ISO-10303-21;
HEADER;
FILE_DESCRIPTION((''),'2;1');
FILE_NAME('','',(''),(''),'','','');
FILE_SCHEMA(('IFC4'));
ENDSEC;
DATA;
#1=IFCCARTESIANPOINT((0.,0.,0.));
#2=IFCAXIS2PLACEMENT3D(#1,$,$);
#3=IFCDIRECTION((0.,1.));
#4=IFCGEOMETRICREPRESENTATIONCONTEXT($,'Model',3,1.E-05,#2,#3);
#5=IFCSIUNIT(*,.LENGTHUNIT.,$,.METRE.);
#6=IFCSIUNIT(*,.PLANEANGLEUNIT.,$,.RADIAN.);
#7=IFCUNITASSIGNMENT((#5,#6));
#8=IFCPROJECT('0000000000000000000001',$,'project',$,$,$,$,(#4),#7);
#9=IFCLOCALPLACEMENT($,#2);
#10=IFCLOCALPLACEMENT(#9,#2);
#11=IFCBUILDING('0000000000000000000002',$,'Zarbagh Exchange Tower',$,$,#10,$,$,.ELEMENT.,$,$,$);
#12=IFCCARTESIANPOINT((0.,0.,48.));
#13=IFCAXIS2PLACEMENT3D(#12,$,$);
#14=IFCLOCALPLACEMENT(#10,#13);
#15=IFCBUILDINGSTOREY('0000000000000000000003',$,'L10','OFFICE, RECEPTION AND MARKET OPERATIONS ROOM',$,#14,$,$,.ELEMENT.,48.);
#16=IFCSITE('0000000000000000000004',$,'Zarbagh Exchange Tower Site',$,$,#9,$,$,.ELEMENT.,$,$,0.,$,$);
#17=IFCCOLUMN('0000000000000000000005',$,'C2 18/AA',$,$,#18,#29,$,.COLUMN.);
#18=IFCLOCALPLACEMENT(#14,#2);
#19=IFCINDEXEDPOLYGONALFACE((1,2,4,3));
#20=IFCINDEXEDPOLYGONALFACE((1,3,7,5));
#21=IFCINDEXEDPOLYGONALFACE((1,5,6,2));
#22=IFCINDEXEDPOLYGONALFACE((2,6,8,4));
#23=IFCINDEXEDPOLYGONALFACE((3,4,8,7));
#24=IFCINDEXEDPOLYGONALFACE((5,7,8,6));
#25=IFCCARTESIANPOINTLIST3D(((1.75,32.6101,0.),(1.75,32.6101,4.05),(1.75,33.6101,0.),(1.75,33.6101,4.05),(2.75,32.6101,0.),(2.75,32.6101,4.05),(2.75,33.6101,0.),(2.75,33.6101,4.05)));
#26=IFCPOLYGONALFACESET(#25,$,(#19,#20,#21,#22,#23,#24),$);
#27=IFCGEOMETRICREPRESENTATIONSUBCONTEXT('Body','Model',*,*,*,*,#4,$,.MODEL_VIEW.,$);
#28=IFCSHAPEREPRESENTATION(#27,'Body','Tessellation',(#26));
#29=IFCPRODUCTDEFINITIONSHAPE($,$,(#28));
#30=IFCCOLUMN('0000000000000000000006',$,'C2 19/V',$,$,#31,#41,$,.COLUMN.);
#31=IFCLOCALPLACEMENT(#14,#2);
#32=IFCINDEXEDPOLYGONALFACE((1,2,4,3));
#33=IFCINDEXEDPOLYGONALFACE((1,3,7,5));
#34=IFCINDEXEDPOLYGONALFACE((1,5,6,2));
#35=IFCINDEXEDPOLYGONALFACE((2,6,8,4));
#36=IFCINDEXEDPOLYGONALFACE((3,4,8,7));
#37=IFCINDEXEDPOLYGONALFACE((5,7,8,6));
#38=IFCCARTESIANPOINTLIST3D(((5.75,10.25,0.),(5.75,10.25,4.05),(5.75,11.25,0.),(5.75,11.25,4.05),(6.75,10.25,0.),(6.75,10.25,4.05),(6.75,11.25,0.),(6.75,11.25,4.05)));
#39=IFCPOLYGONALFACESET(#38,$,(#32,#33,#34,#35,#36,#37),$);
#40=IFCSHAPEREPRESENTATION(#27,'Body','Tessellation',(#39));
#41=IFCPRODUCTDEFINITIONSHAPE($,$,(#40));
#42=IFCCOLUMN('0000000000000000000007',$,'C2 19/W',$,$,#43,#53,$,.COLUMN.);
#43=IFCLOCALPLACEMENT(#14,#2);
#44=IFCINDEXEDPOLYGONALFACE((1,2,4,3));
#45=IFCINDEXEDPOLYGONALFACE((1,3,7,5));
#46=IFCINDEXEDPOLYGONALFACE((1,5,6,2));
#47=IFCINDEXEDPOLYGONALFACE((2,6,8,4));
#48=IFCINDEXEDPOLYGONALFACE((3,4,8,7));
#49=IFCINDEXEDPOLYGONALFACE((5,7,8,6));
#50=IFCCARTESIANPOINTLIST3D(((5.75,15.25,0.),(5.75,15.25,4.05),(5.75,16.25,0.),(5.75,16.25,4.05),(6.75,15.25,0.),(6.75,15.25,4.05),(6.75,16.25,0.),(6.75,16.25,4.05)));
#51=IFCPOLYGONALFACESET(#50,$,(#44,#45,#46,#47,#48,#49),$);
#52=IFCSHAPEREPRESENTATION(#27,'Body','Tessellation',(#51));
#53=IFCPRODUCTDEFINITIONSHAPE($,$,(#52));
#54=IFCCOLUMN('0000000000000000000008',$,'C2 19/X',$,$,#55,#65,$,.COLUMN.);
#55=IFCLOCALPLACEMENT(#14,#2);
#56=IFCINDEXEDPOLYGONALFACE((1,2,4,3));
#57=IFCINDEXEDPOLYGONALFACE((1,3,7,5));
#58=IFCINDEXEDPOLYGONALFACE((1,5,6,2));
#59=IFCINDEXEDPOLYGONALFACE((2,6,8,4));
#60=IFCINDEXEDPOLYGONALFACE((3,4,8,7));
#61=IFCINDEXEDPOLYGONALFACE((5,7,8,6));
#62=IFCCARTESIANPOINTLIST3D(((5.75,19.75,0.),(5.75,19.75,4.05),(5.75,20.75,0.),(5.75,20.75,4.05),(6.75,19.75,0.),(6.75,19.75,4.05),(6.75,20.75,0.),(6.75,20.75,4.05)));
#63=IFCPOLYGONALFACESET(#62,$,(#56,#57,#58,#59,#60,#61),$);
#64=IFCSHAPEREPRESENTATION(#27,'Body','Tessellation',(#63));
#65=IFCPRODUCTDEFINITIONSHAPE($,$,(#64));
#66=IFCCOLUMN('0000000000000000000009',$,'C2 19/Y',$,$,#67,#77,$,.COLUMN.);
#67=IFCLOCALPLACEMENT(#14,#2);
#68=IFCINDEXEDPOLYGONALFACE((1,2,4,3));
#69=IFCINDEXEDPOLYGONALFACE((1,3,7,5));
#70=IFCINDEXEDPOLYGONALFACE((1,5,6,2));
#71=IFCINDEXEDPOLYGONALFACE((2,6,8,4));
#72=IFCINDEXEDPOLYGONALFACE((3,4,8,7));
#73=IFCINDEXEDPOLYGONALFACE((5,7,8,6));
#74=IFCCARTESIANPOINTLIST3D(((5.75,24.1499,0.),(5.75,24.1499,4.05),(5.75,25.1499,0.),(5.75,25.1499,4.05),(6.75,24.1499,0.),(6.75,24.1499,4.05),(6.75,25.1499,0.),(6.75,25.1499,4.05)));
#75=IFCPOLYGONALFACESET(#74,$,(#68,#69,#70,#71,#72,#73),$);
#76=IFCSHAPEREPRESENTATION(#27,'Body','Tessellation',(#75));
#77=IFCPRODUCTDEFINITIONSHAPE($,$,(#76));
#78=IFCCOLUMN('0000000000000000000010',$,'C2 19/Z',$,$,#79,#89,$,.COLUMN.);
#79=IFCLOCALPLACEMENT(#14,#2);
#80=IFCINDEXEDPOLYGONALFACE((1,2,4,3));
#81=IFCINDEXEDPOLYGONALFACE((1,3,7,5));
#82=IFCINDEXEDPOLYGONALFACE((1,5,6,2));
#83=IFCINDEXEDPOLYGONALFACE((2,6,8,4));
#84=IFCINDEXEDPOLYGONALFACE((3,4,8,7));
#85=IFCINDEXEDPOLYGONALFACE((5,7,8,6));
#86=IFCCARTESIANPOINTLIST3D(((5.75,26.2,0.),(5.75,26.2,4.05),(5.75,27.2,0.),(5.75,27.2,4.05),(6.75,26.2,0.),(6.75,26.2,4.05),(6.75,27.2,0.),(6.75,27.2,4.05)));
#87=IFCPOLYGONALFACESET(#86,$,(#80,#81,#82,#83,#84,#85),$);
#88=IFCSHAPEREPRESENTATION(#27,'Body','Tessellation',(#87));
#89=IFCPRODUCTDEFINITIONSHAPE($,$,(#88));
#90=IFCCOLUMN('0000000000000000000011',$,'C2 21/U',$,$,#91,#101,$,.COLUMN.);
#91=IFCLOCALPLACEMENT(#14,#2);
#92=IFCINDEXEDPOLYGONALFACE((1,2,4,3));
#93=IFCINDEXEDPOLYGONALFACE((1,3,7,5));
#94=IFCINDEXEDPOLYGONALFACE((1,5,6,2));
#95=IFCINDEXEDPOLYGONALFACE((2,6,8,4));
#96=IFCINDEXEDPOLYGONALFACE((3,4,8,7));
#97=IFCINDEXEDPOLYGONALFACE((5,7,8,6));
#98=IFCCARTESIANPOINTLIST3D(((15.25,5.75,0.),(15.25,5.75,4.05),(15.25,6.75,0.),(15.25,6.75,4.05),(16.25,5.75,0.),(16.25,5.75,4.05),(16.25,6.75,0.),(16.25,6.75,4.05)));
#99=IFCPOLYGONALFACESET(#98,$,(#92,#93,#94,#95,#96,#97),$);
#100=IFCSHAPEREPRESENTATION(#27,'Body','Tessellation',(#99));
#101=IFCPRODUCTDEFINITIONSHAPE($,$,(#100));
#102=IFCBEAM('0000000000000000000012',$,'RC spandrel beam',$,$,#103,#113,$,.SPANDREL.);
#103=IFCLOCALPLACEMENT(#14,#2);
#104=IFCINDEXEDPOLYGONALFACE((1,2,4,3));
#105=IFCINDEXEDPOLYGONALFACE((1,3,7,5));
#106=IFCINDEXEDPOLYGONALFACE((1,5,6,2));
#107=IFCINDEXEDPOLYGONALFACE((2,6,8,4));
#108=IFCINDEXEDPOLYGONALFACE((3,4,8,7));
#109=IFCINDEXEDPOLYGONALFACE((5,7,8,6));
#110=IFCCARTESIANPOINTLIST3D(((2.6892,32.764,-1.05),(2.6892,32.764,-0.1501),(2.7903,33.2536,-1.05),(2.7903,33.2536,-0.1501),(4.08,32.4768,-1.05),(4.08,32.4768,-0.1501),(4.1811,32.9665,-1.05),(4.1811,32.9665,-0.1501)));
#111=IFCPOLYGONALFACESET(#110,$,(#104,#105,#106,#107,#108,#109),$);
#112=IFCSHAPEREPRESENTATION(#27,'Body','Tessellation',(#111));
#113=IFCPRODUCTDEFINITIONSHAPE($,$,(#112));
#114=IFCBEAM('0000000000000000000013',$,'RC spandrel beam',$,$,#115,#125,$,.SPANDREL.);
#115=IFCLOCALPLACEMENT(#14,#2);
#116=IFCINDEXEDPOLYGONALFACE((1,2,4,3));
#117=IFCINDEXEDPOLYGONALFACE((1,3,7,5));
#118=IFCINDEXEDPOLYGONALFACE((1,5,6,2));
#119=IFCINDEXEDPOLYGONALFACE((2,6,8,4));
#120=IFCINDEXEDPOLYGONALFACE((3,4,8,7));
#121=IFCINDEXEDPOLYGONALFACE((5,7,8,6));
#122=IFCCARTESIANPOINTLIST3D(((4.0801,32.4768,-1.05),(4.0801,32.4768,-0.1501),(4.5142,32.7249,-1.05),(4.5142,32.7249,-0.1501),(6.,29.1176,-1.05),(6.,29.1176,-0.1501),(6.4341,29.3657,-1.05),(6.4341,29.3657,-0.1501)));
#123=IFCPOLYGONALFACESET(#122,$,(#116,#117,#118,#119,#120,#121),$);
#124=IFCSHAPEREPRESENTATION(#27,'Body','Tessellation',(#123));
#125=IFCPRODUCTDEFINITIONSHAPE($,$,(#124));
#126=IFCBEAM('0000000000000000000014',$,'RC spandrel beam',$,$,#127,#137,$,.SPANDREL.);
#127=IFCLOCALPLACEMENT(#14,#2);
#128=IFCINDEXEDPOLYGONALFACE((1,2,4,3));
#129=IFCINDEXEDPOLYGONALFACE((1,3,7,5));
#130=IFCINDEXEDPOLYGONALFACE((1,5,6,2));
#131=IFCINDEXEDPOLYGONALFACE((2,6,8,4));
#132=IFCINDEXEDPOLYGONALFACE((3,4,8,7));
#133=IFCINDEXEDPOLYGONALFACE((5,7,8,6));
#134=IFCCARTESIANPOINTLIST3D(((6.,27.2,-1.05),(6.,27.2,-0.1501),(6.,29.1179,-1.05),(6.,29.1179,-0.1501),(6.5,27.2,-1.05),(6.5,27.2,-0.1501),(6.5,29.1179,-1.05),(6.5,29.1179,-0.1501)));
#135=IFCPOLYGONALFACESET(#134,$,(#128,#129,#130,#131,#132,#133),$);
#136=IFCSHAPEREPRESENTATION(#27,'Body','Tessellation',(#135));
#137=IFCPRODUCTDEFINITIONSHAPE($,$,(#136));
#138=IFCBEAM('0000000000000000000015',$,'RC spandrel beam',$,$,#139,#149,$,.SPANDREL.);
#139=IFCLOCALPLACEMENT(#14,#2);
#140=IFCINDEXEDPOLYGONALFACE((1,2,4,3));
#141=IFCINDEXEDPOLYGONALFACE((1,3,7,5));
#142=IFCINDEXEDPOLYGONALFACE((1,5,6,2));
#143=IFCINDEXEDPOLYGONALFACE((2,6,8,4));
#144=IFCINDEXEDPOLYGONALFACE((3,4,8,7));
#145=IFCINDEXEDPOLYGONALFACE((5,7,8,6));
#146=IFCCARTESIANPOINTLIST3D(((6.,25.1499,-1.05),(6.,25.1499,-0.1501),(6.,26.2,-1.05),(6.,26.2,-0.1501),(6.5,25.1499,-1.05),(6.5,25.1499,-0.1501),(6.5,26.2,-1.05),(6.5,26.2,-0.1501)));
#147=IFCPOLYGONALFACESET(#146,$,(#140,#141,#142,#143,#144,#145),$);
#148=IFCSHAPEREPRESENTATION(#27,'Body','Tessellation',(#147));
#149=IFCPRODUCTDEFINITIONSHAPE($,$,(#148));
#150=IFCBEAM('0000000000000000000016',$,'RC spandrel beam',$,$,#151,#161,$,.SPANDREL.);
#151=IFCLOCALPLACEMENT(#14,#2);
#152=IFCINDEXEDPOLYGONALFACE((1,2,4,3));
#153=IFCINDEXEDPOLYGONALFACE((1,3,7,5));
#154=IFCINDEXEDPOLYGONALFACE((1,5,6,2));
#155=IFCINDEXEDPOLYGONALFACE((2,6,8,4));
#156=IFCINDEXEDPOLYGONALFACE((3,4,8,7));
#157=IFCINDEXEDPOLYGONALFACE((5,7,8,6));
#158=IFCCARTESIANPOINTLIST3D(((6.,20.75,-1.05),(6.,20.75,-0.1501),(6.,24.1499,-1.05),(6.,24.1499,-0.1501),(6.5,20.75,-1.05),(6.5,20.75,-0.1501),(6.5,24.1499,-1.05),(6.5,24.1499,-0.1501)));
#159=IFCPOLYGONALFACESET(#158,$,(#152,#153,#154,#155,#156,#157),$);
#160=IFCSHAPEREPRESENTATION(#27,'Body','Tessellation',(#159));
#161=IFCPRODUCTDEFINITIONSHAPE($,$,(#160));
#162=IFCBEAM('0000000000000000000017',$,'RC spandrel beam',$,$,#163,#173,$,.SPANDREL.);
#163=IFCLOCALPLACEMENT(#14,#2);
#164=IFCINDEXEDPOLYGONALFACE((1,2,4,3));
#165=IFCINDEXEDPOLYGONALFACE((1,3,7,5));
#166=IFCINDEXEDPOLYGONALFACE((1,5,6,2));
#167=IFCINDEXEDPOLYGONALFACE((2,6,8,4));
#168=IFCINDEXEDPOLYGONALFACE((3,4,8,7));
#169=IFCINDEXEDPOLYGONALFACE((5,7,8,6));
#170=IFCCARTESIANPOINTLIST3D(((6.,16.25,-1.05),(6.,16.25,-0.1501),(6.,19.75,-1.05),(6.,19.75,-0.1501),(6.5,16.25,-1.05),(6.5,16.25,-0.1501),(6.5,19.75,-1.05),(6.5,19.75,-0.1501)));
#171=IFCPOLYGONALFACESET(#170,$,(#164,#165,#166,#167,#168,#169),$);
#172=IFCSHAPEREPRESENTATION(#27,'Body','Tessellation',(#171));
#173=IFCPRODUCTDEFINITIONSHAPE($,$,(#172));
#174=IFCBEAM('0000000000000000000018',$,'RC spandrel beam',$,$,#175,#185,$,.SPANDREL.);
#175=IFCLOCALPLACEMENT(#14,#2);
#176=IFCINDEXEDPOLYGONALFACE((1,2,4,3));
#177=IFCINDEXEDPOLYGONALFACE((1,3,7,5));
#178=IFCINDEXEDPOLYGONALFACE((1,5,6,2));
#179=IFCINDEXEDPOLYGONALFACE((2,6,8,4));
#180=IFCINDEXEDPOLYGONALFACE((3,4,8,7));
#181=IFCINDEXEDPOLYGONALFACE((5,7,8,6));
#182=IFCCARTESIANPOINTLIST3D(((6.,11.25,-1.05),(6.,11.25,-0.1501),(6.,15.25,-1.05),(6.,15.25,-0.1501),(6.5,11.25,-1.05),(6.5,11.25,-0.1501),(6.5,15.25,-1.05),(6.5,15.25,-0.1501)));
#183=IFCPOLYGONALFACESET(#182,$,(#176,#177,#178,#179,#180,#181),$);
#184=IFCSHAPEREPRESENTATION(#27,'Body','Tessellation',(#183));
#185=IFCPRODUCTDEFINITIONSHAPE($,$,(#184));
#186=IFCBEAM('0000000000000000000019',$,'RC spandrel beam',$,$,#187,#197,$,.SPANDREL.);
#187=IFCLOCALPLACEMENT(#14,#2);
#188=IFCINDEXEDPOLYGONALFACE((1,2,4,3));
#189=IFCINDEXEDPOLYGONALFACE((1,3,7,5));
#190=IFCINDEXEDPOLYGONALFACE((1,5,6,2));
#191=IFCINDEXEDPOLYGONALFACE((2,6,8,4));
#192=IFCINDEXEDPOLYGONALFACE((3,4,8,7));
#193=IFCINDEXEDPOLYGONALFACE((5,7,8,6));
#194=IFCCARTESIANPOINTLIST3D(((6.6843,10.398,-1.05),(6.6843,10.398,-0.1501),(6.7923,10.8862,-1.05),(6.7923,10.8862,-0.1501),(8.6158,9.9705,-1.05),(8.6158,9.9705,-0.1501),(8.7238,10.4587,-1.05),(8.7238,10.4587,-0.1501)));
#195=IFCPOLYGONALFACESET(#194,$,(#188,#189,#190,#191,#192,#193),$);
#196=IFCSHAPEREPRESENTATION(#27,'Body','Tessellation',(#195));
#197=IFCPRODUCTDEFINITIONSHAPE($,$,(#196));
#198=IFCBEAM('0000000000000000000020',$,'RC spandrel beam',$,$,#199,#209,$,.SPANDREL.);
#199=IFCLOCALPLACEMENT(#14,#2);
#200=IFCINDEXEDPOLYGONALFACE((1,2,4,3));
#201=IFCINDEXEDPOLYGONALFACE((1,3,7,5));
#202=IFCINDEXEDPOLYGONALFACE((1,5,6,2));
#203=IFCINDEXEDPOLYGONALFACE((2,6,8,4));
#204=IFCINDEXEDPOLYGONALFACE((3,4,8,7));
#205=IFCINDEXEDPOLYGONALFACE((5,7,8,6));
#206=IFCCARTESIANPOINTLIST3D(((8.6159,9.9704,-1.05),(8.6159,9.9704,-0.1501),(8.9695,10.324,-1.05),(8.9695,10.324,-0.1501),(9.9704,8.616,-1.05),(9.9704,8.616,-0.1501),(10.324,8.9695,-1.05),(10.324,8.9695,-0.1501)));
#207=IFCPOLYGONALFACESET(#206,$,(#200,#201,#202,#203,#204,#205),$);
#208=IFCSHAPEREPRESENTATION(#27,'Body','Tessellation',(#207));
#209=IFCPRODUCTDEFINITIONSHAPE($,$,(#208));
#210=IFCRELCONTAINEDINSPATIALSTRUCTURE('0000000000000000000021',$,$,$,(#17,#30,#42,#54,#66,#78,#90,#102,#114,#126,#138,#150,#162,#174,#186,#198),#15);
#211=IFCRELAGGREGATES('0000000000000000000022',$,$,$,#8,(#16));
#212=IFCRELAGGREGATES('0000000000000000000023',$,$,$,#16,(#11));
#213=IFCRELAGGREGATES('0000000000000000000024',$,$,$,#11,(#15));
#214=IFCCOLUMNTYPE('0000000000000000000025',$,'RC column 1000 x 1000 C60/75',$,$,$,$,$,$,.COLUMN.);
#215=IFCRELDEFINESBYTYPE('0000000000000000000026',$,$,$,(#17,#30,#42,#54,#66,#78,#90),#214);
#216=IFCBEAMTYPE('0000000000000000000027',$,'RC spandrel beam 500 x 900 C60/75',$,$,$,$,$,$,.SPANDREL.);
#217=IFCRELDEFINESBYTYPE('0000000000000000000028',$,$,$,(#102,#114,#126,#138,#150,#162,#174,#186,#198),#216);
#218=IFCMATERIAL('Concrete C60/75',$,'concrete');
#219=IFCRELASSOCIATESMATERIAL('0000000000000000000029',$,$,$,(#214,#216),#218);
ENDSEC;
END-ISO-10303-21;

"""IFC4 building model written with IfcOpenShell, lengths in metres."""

from ifc_helpers import new_model, si_unit, direction, frame, origin, origin_2d, place, context, subcontext, project, spatial, rectangle, extrude, material, material_profile, profile_set, type_object, element, save


model = new_model("IFC4")

# Units and contexts
model_context = context("Model", 3, precision=1e-05, world=origin(), true_north=direction((0.0, 1.0)))
body_context = subcontext(model_context, "Body", "Model", "MODEL_VIEW")
ifc_project = project(units=[si_unit("LENGTHUNIT", "METRE"), si_unit("PLANEANGLEUNIT", "RADIAN")], contexts=[model_context])

# Site, building, storey
site_placement = place(None, origin())
site = spatial("IfcSite", under=ifc_project, at=site_placement, Name="Zarbagh Exchange Tower Site", CompositionType="ELEMENT", RefElevation=0.0)
building_placement = place(site_placement, origin())
building = spatial("IfcBuilding", under=site, at=building_placement, Name="Zarbagh Exchange Tower", CompositionType="ELEMENT")
storey_placement = place(building_placement, frame((0.0, 0.0, 48.0)))
storey = spatial("IfcBuildingStorey", under=building, at=storey_placement, Name="L10", Description="OFFICE, RECEPTION AND MARKET OPERATIONS ROOM", CompositionType="ELEMENT", Elevation=48.0)

# Columns
ifc_material_1 = material(Name="Concrete C60/75", Category="concrete")
ifc_material_profile_1 = material_profile(ifc_material_1, rectangle(XDim=1.0, YDim=1.0, at=origin_2d()), Name="RC column 1000 x 1000 C60/75")
ifc_profile_set_1 = profile_set([ifc_material_profile_1], Name="Concrete C60/75")
column_type = type_object("IfcColumnType", Name="RC column 1000 x 1000 C60/75", PredefinedType="COLUMN", material=ifc_profile_set_1)
for number, where, z_axis, x_axis, name in (
    (1, (2.25, 33.1101, 0.0), (0.0, 0.0, 1.0), (1.0, 0.0, 0.0), "C2 18/AA"),
    (2, (6.25, 10.75, 0.0), (0.0, 0.0, 1.0), (1.0, 0.0, 0.0), "C2 19/V"),
    (3, (6.25, 15.75, 0.0), (0.0, 0.0, 1.0), (1.0, 0.0, 0.0), "C2 19/W"),
    (4, (6.25, 20.25, 0.0), (0.0, 0.0, 1.0), (1.0, 0.0, 0.0), "C2 19/X"),
    (5, (6.25, 24.6499, 0.0), (0.0, 0.0, 1.0), (1.0, 0.0, 0.0), "C2 19/Y"),
    (6, (6.25, 26.7, 0.0), (0.0, 0.0, 1.0), (1.0, 0.0, 0.0), "C2 19/Z"),
    (7, (15.75, 6.25, 0.0), (0.0, 0.0, 1.0), (1.0, 0.0, 0.0), "C2 21/U"),
):
    element("IfcColumn", number, at=place(storey_placement, frame(where, z_axis=z_axis, x_axis=x_axis)), inside=storey, type_object=column_type, Name=name, PredefinedType="COLUMN", context=body_context, shape_type="SweptSolid", body=[
        extrude(rectangle(XDim=1.0, YDim=1.0, at=origin_2d()), origin(), (0.0, 0.0, 1.0), 4.05),
    ])

# Beams
ifc_material_profile_2 = material_profile(ifc_material_1, rectangle(XDim=0.5, YDim=0.8999, at=origin_2d()), Name="RC spandrel beam 500 x 900 C60/75")
ifc_profile_set_2 = profile_set([ifc_material_profile_2], Name="Concrete C60/75")
beam_type = type_object("IfcBeamType", Name="RC spandrel beam 500 x 900 C60/75", PredefinedType="SPANDREL", material=ifc_profile_set_2)
beam_1_placement = place(storey_placement, frame((2.7397, 33.0088, -0.6001), z_axis=(0.979352, -0.202162, 0.0), x_axis=(0.202162, 0.979352, 0.0)))
element("IfcBeam", 8, at=beam_1_placement, inside=storey, type_object=beam_type, Name="RC spandrel beam", PredefinedType="SPANDREL", context=body_context, shape_type="SweptSolid", body=[
    extrude(rectangle(XDim=0.5, YDim=0.8999, at=origin_2d()), origin(), (0.0, 0.0, 1.0), 1.4202),
])
beam_2_placement = place(storey_placement, frame((4.2971, 32.6008, -0.6001), z_axis=(0.49622, -0.868197, 0.0), x_axis=(0.868197, 0.49622, 0.0)))
element("IfcBeam", 9, at=beam_2_placement, inside=storey, type_object=beam_type, Name="RC spandrel beam", PredefinedType="SPANDREL", context=body_context, shape_type="SweptSolid", body=[
    extrude(rectangle(XDim=0.5, YDim=0.8999, at=origin_2d()), origin(), (0.0, 0.0, 1.0), 3.8691),
])
beam_3_placement = place(storey_placement, frame((6.25, 29.1179, -0.6001), z_axis=(0.0, -1.0, 0.0), x_axis=(1.0, 0.0, 0.0)))
element("IfcBeam", 10, at=beam_3_placement, inside=storey, type_object=beam_type, Name="RC spandrel beam", PredefinedType="SPANDREL", context=body_context, shape_type="SweptSolid", body=[
    extrude(rectangle(XDim=0.5, YDim=0.8999, at=origin_2d()), origin(), (0.0, 0.0, 1.0), 1.918),
])
beam_4_placement = place(storey_placement, frame((6.25, 26.2, -0.6001), z_axis=(0.0, -1.0, 0.0), x_axis=(1.0, 0.0, 0.0)))
element("IfcBeam", 11, at=beam_4_placement, inside=storey, type_object=beam_type, Name="RC spandrel beam", PredefinedType="SPANDREL", context=body_context, shape_type="SweptSolid", body=[
    extrude(rectangle(XDim=0.5, YDim=0.8999, at=origin_2d()), origin(), (0.0, 0.0, 1.0), 1.05),
])
beam_5_placement = place(storey_placement, frame((6.25, 24.1499, -0.6001), z_axis=(0.0, -1.0, 0.0), x_axis=(1.0, 0.0, 0.0)))
element("IfcBeam", 12, at=beam_5_placement, inside=storey, type_object=beam_type, Name="RC spandrel beam", PredefinedType="SPANDREL", context=body_context, shape_type="SweptSolid", body=[
    extrude(rectangle(XDim=0.5, YDim=0.8999, at=origin_2d()), origin(), (0.0, 0.0, 1.0), 3.3999),
])
beam_6_placement = place(storey_placement, frame((6.25, 19.75, -0.6001), z_axis=(0.0, -1.0, 0.0), x_axis=(1.0, 0.0, 0.0)))
element("IfcBeam", 13, at=beam_6_placement, inside=storey, type_object=beam_type, Name="RC spandrel beam", PredefinedType="SPANDREL", context=body_context, shape_type="SweptSolid", body=[
    extrude(rectangle(XDim=0.5, YDim=0.8999, at=origin_2d()), origin(), (0.0, 0.0, 1.0), 3.5),
])
beam_7_placement = place(storey_placement, frame((6.25, 15.25, -0.6001), z_axis=(0.0, -1.0, 0.0), x_axis=(1.0, 0.0, 0.0)))
element("IfcBeam", 14, at=beam_7_placement, inside=storey, type_object=beam_type, Name="RC spandrel beam", PredefinedType="SPANDREL", context=body_context, shape_type="SweptSolid", body=[
    extrude(rectangle(XDim=0.5, YDim=0.8999, at=origin_2d()), origin(), (0.0, 0.0, 1.0), 4.0),
])
beam_8_placement = place(storey_placement, frame((6.7383, 10.6421, -0.6001), z_axis=(0.976375, -0.216081, 0.0), x_axis=(0.216081, 0.976375, 0.0)))
element("IfcBeam", 15, at=beam_8_placement, inside=storey, type_object=beam_type, Name="RC spandrel beam", PredefinedType="SPANDREL", context=body_context, shape_type="SweptSolid", body=[
    extrude(rectangle(XDim=0.5, YDim=0.8999, at=origin_2d()), origin(), (0.0, 0.0, 1.0), 1.9783),
])
beam_9_placement = place(storey_placement, frame((8.7927, 10.1472, -0.6001), z_axis=(0.707107, -0.707107, 0.0), x_axis=(0.707107, 0.707107, 0.0)))
element("IfcBeam", 16, at=beam_9_placement, inside=storey, type_object=beam_type, Name="RC spandrel beam", PredefinedType="SPANDREL", context=body_context, shape_type="SweptSolid", body=[
    extrude(rectangle(XDim=0.5, YDim=0.8999, at=origin_2d()), origin(), (0.0, 0.0, 1.0), 1.9155),
])

save(model, "model.ifc")
